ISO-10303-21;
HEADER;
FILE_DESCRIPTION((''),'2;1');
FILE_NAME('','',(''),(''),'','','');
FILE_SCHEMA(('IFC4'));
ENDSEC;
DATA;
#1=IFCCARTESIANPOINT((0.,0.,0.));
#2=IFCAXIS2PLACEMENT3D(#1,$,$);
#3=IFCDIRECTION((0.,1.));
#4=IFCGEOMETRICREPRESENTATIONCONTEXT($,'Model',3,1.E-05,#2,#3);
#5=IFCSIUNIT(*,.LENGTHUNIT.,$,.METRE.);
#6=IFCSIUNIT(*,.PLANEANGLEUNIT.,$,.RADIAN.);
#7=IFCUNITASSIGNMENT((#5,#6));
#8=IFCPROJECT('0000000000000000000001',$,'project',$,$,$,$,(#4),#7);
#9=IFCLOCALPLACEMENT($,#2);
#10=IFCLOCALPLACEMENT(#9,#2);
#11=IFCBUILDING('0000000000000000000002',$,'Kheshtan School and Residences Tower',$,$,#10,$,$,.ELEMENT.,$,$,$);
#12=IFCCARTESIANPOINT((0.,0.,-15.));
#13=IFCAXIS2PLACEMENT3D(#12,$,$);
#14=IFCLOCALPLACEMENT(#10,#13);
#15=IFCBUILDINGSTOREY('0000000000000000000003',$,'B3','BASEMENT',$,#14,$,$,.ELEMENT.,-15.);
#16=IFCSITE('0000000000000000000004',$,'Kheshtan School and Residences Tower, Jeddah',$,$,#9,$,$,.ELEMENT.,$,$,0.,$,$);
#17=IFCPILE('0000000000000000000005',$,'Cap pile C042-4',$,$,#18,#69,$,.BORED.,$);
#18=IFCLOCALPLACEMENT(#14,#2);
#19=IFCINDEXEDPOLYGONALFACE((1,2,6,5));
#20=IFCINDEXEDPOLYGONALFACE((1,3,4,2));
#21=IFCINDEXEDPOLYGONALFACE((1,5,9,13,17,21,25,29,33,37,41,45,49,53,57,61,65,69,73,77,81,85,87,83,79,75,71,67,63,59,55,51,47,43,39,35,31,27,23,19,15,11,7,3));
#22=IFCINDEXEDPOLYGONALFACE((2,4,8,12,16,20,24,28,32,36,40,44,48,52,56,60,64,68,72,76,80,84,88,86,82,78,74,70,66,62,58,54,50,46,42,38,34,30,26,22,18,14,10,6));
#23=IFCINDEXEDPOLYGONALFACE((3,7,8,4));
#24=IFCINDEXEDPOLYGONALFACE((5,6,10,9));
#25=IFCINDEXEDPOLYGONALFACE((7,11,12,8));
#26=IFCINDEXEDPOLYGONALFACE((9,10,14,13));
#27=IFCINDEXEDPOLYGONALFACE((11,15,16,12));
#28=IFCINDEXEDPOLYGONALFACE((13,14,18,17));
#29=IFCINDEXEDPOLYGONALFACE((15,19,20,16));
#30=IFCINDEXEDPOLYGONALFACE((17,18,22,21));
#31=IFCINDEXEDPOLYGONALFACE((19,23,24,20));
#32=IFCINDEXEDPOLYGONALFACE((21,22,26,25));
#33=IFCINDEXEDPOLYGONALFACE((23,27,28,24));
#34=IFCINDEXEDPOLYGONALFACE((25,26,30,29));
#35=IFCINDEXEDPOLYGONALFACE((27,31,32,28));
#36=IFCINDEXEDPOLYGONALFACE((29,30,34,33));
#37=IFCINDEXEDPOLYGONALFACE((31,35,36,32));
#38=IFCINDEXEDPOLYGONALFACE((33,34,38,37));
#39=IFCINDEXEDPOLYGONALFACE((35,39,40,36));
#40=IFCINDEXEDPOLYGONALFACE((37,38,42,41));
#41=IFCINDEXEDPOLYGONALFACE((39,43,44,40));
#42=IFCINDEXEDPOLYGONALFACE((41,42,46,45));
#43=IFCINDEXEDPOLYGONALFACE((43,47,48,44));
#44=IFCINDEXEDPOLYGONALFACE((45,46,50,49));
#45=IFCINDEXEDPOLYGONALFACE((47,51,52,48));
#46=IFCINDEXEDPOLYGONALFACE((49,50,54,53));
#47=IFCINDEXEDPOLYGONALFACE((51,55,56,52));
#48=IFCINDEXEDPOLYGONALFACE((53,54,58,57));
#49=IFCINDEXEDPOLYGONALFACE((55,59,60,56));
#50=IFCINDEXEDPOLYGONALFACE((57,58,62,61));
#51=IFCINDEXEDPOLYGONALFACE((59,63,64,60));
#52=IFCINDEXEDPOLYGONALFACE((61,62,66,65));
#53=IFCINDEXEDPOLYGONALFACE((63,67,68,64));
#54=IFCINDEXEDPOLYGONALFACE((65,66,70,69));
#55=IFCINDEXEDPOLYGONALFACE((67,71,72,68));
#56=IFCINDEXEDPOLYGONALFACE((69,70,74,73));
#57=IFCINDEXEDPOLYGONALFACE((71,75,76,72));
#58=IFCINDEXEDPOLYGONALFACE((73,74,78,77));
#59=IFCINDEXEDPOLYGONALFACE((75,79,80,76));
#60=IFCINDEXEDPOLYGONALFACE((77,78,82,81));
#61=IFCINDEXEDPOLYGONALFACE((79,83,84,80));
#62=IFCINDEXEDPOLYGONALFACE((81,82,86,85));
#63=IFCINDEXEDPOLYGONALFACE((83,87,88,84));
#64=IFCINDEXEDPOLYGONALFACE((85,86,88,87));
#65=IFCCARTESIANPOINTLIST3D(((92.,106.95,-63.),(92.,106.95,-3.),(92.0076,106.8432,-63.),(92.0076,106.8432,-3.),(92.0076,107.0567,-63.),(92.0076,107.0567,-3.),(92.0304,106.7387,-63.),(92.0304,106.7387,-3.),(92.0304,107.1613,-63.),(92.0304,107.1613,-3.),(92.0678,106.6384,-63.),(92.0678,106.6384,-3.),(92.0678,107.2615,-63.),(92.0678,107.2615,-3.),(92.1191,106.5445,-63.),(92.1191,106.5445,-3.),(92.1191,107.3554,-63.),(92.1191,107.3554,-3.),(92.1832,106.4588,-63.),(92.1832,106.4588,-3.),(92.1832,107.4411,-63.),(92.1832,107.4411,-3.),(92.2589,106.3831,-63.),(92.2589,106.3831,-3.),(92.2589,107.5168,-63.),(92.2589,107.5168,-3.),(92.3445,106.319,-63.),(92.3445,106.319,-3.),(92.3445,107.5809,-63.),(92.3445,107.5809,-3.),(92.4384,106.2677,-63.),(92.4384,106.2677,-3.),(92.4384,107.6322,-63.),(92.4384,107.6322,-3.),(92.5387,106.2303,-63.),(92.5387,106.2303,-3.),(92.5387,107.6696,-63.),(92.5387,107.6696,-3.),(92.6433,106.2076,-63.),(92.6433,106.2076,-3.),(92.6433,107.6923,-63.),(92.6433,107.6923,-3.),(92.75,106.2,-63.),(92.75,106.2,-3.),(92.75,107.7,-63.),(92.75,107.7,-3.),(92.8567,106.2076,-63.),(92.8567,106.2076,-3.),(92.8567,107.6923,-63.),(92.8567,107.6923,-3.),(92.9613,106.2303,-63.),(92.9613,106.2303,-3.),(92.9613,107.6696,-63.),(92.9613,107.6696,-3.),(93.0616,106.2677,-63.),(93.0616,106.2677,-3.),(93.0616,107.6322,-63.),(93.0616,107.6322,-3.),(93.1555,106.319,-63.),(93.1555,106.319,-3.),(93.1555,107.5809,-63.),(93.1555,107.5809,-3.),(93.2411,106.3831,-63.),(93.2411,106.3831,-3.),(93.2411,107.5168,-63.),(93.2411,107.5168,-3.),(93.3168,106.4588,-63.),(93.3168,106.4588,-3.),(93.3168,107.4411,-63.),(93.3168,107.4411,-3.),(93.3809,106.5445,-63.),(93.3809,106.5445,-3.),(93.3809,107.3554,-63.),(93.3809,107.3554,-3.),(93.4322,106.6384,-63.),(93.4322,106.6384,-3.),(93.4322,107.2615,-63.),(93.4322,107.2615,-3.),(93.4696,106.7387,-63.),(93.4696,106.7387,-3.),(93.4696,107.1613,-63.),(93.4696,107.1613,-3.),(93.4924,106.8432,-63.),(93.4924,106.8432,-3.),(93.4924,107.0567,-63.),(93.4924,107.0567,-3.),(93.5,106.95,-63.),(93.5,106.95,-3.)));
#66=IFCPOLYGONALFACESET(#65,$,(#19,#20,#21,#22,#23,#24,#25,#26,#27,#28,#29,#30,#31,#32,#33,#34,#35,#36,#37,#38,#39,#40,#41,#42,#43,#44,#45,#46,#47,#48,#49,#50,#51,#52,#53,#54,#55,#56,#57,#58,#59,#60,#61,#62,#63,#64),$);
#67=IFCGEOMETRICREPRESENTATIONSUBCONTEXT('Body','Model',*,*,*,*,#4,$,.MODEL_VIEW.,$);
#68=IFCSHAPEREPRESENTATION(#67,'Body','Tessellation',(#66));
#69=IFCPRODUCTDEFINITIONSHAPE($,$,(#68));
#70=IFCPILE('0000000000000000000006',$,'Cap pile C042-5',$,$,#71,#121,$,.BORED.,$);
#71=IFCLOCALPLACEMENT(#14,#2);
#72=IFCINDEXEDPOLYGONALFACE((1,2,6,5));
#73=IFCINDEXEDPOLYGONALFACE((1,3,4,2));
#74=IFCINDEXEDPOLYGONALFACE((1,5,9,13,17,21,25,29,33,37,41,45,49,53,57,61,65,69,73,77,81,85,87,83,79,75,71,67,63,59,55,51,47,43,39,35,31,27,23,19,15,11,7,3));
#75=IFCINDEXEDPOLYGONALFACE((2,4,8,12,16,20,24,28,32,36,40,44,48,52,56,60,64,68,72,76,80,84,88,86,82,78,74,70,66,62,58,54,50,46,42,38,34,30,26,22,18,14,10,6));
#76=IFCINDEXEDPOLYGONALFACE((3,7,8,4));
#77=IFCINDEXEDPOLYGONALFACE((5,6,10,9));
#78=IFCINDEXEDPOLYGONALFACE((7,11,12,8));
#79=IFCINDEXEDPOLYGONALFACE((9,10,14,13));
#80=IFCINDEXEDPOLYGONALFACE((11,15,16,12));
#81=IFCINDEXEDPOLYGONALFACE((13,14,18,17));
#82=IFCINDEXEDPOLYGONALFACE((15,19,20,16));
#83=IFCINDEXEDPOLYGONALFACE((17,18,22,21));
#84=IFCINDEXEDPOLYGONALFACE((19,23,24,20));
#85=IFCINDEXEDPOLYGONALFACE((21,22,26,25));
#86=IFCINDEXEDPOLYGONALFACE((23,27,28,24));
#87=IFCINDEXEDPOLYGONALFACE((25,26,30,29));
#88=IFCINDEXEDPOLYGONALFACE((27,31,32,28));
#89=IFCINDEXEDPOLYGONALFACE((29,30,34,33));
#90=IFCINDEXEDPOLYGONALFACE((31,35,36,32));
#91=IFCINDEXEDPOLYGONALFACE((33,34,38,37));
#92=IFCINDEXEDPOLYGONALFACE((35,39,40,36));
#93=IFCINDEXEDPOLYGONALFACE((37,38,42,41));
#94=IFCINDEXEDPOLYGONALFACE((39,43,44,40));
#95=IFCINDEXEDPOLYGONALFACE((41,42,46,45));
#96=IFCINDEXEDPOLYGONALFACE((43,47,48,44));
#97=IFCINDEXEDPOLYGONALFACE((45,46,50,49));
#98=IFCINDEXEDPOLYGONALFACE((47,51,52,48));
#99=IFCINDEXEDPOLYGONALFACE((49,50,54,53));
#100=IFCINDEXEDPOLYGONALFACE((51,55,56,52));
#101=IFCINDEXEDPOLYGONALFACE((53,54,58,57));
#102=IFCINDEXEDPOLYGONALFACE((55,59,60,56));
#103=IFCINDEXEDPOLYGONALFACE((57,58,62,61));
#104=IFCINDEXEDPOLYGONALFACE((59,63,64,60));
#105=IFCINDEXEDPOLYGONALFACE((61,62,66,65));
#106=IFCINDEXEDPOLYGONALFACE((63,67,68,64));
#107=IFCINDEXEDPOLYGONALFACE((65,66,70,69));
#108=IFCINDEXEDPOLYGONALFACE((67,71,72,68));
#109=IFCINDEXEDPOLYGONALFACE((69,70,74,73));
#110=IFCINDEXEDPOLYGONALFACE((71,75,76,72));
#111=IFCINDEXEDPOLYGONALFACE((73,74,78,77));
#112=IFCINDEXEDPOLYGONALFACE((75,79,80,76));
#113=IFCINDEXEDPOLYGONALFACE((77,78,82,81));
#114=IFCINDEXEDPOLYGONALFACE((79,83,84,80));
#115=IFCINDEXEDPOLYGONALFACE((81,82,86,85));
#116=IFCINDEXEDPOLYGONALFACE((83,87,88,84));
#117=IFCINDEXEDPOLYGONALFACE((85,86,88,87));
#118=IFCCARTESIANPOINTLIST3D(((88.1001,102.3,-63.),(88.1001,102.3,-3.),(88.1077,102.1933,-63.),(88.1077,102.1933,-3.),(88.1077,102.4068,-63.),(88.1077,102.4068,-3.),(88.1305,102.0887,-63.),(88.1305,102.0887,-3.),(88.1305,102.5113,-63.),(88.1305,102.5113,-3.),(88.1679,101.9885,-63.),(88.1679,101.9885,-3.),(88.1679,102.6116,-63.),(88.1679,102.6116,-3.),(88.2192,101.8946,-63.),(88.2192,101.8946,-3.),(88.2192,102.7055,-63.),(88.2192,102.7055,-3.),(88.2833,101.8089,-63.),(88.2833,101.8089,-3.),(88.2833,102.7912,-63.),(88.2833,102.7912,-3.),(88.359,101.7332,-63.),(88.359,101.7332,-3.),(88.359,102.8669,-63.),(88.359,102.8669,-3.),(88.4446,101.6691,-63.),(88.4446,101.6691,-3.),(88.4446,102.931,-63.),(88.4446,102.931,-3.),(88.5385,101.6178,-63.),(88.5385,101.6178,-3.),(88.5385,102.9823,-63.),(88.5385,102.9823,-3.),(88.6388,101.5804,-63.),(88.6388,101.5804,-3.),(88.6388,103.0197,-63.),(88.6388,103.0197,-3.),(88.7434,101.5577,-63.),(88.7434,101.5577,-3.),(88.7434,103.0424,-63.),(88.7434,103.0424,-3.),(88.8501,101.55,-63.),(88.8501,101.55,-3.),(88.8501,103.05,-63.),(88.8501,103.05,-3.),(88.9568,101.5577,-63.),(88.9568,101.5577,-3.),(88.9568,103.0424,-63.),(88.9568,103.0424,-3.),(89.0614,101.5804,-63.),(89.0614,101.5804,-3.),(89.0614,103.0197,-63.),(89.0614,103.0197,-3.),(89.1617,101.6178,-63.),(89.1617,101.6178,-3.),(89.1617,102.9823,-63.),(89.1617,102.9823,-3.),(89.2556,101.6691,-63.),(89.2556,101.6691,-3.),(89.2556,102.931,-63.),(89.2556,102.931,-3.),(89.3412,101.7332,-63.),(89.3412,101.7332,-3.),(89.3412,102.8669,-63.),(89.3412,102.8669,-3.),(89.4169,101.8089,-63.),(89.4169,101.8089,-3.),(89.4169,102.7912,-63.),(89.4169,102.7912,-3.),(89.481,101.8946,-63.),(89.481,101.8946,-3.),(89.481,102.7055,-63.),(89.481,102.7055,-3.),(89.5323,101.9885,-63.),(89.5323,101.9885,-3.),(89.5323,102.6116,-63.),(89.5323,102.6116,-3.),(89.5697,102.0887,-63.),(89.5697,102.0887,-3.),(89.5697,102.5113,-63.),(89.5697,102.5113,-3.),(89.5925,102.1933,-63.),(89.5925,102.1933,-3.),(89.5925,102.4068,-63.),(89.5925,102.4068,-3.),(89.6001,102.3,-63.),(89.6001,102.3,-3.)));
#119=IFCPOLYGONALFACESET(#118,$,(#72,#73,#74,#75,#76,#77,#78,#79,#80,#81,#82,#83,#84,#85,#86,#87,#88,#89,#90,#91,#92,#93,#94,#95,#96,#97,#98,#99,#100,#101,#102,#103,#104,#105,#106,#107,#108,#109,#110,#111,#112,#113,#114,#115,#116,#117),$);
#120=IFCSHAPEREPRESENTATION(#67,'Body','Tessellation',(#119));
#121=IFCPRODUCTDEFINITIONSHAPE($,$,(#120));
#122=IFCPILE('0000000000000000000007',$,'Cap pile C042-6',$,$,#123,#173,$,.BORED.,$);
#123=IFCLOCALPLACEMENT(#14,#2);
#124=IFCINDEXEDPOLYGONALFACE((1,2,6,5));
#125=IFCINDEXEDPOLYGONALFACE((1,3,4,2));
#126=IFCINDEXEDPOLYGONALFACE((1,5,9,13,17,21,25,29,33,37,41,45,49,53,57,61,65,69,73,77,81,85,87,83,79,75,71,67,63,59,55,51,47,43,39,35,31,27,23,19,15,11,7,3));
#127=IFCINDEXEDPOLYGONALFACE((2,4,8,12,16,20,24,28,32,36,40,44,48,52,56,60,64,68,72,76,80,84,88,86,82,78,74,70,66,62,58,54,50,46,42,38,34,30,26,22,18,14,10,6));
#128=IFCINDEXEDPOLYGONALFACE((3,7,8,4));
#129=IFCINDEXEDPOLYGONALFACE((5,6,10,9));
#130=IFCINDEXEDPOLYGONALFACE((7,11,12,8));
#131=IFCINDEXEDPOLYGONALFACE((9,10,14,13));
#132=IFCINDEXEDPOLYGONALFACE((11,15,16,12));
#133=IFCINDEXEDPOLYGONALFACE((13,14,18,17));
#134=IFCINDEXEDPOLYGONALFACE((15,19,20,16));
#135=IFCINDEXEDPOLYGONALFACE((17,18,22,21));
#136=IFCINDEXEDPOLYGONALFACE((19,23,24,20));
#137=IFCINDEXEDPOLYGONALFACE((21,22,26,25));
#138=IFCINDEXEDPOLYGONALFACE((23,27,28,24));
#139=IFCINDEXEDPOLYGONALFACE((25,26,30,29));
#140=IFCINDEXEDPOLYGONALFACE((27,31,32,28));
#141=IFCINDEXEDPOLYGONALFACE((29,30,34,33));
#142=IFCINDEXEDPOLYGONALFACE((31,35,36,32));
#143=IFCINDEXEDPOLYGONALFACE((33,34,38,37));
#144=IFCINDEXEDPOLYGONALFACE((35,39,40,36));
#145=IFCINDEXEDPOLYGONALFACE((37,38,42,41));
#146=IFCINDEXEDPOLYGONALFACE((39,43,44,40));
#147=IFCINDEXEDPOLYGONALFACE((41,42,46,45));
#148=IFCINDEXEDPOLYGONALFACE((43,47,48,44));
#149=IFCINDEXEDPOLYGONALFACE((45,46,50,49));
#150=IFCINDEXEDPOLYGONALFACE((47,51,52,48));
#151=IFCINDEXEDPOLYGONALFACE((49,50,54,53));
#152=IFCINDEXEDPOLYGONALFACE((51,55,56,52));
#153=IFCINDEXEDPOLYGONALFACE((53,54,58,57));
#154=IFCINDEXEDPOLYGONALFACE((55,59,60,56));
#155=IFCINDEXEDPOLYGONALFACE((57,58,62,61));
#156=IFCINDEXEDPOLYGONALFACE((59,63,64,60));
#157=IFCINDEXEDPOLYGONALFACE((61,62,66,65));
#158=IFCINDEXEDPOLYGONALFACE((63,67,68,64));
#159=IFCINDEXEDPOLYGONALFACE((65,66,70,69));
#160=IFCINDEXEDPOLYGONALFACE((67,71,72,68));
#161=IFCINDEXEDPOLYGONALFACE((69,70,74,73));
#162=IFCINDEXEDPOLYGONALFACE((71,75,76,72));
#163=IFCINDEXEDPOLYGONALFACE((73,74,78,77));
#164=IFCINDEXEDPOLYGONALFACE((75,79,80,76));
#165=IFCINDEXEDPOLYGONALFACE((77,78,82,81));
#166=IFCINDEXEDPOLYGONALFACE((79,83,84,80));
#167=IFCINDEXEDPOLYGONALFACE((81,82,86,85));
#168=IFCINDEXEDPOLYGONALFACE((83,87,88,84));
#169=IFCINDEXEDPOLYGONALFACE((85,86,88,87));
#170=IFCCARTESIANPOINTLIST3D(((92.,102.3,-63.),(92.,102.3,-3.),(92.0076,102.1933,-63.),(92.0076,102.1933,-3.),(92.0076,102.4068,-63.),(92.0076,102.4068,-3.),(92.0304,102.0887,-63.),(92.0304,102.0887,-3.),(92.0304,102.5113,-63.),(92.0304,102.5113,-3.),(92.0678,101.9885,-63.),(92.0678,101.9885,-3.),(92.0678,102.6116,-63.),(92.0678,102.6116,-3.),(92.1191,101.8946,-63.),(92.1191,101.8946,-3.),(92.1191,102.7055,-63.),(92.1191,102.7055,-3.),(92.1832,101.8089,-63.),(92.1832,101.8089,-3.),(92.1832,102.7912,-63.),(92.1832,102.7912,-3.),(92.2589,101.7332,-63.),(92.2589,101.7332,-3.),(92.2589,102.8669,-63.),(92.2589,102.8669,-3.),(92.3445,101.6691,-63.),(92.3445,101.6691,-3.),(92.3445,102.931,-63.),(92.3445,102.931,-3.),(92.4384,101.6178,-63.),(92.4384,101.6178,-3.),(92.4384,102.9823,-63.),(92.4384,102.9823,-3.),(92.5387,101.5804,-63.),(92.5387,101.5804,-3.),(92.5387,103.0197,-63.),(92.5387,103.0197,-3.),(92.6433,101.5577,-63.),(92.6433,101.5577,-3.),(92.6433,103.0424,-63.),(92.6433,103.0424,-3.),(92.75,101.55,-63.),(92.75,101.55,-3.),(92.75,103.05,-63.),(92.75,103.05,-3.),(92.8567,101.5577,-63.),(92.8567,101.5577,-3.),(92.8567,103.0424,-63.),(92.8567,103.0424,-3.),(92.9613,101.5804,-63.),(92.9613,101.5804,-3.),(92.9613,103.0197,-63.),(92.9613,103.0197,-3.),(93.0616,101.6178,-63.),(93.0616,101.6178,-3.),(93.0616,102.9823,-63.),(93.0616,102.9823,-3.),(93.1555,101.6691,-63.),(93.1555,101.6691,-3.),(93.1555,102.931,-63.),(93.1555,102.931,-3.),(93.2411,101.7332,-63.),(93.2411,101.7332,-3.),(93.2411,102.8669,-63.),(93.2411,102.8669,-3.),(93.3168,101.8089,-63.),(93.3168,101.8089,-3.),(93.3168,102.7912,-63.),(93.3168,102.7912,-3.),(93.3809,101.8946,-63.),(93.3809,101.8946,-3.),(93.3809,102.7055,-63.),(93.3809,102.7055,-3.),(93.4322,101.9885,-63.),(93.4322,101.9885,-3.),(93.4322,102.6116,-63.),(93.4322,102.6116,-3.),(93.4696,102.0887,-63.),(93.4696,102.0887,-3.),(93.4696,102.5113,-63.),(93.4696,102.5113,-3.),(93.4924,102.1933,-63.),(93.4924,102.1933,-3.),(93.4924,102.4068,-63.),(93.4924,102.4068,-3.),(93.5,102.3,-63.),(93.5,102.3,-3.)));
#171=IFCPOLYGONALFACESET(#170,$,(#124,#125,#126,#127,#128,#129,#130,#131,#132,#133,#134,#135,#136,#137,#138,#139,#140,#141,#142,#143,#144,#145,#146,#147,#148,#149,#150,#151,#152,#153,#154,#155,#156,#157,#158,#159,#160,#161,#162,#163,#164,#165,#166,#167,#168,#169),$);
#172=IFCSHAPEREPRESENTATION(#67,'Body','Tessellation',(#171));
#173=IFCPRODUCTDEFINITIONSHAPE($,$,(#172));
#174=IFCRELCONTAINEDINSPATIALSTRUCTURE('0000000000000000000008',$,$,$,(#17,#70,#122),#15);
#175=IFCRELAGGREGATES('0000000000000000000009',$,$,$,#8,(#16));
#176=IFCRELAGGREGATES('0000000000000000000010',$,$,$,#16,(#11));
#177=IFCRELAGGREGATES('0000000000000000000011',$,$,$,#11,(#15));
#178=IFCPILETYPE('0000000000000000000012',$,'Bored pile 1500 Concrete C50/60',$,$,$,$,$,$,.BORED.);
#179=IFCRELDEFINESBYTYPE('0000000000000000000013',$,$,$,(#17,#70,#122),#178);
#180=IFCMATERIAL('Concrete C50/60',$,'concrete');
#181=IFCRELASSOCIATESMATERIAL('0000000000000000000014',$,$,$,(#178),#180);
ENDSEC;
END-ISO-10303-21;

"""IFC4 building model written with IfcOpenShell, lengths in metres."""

from ifc_helpers import new_model, si_unit, direction, frame, origin, origin_2d, place, context, subcontext, project, spatial, circle, extrude, material, material_profile, profile_set, type_object, element, save


model = new_model("IFC4")

# Units and contexts
model_context = context("Model", 3, precision=1e-05, world=origin(), true_north=direction((0.0, 1.0)))
body_context = subcontext(model_context, "Body", "Model", "MODEL_VIEW")
ifc_project = project(units=[si_unit("LENGTHUNIT", "METRE"), si_unit("PLANEANGLEUNIT", "RADIAN")], contexts=[model_context])

# Site, building, storey
site_placement = place(None, origin())
site = spatial("IfcSite", under=ifc_project, at=site_placement, Name="Kheshtan School and Residences Tower, Jeddah", CompositionType="ELEMENT", RefElevation=0.0)
building_placement = place(site_placement, origin())
building = spatial("IfcBuilding", under=site, at=building_placement, Name="Kheshtan School and Residences Tower", CompositionType="ELEMENT")
storey_placement = place(building_placement, frame((0.0, 0.0, -15.0)))
storey = spatial("IfcBuildingStorey", under=building, at=storey_placement, Name="B3", Description="BASEMENT", CompositionType="ELEMENT", Elevation=-15.0)

# Piles
ifc_material_1 = material(Name="Concrete C50/60", Category="concrete")
ifc_material_profile_1 = material_profile(ifc_material_1, circle(Radius=0.75, at=origin_2d()), Name="BP 1500")
ifc_profile_set_1 = profile_set([ifc_material_profile_1], Name="Concrete C50/60")
pile_type = type_object("IfcPileType", Name="Bored pile 1500 Concrete C50/60", PredefinedType="BORED", material=ifc_profile_set_1)
for number, where, z_axis, x_axis, name in (
    (1, (92.75, 106.95, -3.0), (0.0, 0.0, -1.0), (1.0, 0.0, 0.0), "Cap pile C042-4"),
    (2, (88.8501, 102.3, -3.0), (0.0, 0.0, -1.0), (1.0, 0.0, 0.0), "Cap pile C042-5"),
    (3, (92.75, 102.3, -3.0), (0.0, 0.0, -1.0), (1.0, 0.0, 0.0), "Cap pile C042-6"),
):
    element("IfcPile", number, at=place(storey_placement, frame(where, z_axis=z_axis, x_axis=x_axis)), inside=storey, type_object=pile_type, Name=name, PredefinedType="BORED", context=body_context, shape_type="SweptSolid", body=[
        extrude(circle(Radius=0.75, at=origin_2d()), origin(), (0.0, 0.0, 1.0), 60.0),
    ])

save(model, "model.ifc")
